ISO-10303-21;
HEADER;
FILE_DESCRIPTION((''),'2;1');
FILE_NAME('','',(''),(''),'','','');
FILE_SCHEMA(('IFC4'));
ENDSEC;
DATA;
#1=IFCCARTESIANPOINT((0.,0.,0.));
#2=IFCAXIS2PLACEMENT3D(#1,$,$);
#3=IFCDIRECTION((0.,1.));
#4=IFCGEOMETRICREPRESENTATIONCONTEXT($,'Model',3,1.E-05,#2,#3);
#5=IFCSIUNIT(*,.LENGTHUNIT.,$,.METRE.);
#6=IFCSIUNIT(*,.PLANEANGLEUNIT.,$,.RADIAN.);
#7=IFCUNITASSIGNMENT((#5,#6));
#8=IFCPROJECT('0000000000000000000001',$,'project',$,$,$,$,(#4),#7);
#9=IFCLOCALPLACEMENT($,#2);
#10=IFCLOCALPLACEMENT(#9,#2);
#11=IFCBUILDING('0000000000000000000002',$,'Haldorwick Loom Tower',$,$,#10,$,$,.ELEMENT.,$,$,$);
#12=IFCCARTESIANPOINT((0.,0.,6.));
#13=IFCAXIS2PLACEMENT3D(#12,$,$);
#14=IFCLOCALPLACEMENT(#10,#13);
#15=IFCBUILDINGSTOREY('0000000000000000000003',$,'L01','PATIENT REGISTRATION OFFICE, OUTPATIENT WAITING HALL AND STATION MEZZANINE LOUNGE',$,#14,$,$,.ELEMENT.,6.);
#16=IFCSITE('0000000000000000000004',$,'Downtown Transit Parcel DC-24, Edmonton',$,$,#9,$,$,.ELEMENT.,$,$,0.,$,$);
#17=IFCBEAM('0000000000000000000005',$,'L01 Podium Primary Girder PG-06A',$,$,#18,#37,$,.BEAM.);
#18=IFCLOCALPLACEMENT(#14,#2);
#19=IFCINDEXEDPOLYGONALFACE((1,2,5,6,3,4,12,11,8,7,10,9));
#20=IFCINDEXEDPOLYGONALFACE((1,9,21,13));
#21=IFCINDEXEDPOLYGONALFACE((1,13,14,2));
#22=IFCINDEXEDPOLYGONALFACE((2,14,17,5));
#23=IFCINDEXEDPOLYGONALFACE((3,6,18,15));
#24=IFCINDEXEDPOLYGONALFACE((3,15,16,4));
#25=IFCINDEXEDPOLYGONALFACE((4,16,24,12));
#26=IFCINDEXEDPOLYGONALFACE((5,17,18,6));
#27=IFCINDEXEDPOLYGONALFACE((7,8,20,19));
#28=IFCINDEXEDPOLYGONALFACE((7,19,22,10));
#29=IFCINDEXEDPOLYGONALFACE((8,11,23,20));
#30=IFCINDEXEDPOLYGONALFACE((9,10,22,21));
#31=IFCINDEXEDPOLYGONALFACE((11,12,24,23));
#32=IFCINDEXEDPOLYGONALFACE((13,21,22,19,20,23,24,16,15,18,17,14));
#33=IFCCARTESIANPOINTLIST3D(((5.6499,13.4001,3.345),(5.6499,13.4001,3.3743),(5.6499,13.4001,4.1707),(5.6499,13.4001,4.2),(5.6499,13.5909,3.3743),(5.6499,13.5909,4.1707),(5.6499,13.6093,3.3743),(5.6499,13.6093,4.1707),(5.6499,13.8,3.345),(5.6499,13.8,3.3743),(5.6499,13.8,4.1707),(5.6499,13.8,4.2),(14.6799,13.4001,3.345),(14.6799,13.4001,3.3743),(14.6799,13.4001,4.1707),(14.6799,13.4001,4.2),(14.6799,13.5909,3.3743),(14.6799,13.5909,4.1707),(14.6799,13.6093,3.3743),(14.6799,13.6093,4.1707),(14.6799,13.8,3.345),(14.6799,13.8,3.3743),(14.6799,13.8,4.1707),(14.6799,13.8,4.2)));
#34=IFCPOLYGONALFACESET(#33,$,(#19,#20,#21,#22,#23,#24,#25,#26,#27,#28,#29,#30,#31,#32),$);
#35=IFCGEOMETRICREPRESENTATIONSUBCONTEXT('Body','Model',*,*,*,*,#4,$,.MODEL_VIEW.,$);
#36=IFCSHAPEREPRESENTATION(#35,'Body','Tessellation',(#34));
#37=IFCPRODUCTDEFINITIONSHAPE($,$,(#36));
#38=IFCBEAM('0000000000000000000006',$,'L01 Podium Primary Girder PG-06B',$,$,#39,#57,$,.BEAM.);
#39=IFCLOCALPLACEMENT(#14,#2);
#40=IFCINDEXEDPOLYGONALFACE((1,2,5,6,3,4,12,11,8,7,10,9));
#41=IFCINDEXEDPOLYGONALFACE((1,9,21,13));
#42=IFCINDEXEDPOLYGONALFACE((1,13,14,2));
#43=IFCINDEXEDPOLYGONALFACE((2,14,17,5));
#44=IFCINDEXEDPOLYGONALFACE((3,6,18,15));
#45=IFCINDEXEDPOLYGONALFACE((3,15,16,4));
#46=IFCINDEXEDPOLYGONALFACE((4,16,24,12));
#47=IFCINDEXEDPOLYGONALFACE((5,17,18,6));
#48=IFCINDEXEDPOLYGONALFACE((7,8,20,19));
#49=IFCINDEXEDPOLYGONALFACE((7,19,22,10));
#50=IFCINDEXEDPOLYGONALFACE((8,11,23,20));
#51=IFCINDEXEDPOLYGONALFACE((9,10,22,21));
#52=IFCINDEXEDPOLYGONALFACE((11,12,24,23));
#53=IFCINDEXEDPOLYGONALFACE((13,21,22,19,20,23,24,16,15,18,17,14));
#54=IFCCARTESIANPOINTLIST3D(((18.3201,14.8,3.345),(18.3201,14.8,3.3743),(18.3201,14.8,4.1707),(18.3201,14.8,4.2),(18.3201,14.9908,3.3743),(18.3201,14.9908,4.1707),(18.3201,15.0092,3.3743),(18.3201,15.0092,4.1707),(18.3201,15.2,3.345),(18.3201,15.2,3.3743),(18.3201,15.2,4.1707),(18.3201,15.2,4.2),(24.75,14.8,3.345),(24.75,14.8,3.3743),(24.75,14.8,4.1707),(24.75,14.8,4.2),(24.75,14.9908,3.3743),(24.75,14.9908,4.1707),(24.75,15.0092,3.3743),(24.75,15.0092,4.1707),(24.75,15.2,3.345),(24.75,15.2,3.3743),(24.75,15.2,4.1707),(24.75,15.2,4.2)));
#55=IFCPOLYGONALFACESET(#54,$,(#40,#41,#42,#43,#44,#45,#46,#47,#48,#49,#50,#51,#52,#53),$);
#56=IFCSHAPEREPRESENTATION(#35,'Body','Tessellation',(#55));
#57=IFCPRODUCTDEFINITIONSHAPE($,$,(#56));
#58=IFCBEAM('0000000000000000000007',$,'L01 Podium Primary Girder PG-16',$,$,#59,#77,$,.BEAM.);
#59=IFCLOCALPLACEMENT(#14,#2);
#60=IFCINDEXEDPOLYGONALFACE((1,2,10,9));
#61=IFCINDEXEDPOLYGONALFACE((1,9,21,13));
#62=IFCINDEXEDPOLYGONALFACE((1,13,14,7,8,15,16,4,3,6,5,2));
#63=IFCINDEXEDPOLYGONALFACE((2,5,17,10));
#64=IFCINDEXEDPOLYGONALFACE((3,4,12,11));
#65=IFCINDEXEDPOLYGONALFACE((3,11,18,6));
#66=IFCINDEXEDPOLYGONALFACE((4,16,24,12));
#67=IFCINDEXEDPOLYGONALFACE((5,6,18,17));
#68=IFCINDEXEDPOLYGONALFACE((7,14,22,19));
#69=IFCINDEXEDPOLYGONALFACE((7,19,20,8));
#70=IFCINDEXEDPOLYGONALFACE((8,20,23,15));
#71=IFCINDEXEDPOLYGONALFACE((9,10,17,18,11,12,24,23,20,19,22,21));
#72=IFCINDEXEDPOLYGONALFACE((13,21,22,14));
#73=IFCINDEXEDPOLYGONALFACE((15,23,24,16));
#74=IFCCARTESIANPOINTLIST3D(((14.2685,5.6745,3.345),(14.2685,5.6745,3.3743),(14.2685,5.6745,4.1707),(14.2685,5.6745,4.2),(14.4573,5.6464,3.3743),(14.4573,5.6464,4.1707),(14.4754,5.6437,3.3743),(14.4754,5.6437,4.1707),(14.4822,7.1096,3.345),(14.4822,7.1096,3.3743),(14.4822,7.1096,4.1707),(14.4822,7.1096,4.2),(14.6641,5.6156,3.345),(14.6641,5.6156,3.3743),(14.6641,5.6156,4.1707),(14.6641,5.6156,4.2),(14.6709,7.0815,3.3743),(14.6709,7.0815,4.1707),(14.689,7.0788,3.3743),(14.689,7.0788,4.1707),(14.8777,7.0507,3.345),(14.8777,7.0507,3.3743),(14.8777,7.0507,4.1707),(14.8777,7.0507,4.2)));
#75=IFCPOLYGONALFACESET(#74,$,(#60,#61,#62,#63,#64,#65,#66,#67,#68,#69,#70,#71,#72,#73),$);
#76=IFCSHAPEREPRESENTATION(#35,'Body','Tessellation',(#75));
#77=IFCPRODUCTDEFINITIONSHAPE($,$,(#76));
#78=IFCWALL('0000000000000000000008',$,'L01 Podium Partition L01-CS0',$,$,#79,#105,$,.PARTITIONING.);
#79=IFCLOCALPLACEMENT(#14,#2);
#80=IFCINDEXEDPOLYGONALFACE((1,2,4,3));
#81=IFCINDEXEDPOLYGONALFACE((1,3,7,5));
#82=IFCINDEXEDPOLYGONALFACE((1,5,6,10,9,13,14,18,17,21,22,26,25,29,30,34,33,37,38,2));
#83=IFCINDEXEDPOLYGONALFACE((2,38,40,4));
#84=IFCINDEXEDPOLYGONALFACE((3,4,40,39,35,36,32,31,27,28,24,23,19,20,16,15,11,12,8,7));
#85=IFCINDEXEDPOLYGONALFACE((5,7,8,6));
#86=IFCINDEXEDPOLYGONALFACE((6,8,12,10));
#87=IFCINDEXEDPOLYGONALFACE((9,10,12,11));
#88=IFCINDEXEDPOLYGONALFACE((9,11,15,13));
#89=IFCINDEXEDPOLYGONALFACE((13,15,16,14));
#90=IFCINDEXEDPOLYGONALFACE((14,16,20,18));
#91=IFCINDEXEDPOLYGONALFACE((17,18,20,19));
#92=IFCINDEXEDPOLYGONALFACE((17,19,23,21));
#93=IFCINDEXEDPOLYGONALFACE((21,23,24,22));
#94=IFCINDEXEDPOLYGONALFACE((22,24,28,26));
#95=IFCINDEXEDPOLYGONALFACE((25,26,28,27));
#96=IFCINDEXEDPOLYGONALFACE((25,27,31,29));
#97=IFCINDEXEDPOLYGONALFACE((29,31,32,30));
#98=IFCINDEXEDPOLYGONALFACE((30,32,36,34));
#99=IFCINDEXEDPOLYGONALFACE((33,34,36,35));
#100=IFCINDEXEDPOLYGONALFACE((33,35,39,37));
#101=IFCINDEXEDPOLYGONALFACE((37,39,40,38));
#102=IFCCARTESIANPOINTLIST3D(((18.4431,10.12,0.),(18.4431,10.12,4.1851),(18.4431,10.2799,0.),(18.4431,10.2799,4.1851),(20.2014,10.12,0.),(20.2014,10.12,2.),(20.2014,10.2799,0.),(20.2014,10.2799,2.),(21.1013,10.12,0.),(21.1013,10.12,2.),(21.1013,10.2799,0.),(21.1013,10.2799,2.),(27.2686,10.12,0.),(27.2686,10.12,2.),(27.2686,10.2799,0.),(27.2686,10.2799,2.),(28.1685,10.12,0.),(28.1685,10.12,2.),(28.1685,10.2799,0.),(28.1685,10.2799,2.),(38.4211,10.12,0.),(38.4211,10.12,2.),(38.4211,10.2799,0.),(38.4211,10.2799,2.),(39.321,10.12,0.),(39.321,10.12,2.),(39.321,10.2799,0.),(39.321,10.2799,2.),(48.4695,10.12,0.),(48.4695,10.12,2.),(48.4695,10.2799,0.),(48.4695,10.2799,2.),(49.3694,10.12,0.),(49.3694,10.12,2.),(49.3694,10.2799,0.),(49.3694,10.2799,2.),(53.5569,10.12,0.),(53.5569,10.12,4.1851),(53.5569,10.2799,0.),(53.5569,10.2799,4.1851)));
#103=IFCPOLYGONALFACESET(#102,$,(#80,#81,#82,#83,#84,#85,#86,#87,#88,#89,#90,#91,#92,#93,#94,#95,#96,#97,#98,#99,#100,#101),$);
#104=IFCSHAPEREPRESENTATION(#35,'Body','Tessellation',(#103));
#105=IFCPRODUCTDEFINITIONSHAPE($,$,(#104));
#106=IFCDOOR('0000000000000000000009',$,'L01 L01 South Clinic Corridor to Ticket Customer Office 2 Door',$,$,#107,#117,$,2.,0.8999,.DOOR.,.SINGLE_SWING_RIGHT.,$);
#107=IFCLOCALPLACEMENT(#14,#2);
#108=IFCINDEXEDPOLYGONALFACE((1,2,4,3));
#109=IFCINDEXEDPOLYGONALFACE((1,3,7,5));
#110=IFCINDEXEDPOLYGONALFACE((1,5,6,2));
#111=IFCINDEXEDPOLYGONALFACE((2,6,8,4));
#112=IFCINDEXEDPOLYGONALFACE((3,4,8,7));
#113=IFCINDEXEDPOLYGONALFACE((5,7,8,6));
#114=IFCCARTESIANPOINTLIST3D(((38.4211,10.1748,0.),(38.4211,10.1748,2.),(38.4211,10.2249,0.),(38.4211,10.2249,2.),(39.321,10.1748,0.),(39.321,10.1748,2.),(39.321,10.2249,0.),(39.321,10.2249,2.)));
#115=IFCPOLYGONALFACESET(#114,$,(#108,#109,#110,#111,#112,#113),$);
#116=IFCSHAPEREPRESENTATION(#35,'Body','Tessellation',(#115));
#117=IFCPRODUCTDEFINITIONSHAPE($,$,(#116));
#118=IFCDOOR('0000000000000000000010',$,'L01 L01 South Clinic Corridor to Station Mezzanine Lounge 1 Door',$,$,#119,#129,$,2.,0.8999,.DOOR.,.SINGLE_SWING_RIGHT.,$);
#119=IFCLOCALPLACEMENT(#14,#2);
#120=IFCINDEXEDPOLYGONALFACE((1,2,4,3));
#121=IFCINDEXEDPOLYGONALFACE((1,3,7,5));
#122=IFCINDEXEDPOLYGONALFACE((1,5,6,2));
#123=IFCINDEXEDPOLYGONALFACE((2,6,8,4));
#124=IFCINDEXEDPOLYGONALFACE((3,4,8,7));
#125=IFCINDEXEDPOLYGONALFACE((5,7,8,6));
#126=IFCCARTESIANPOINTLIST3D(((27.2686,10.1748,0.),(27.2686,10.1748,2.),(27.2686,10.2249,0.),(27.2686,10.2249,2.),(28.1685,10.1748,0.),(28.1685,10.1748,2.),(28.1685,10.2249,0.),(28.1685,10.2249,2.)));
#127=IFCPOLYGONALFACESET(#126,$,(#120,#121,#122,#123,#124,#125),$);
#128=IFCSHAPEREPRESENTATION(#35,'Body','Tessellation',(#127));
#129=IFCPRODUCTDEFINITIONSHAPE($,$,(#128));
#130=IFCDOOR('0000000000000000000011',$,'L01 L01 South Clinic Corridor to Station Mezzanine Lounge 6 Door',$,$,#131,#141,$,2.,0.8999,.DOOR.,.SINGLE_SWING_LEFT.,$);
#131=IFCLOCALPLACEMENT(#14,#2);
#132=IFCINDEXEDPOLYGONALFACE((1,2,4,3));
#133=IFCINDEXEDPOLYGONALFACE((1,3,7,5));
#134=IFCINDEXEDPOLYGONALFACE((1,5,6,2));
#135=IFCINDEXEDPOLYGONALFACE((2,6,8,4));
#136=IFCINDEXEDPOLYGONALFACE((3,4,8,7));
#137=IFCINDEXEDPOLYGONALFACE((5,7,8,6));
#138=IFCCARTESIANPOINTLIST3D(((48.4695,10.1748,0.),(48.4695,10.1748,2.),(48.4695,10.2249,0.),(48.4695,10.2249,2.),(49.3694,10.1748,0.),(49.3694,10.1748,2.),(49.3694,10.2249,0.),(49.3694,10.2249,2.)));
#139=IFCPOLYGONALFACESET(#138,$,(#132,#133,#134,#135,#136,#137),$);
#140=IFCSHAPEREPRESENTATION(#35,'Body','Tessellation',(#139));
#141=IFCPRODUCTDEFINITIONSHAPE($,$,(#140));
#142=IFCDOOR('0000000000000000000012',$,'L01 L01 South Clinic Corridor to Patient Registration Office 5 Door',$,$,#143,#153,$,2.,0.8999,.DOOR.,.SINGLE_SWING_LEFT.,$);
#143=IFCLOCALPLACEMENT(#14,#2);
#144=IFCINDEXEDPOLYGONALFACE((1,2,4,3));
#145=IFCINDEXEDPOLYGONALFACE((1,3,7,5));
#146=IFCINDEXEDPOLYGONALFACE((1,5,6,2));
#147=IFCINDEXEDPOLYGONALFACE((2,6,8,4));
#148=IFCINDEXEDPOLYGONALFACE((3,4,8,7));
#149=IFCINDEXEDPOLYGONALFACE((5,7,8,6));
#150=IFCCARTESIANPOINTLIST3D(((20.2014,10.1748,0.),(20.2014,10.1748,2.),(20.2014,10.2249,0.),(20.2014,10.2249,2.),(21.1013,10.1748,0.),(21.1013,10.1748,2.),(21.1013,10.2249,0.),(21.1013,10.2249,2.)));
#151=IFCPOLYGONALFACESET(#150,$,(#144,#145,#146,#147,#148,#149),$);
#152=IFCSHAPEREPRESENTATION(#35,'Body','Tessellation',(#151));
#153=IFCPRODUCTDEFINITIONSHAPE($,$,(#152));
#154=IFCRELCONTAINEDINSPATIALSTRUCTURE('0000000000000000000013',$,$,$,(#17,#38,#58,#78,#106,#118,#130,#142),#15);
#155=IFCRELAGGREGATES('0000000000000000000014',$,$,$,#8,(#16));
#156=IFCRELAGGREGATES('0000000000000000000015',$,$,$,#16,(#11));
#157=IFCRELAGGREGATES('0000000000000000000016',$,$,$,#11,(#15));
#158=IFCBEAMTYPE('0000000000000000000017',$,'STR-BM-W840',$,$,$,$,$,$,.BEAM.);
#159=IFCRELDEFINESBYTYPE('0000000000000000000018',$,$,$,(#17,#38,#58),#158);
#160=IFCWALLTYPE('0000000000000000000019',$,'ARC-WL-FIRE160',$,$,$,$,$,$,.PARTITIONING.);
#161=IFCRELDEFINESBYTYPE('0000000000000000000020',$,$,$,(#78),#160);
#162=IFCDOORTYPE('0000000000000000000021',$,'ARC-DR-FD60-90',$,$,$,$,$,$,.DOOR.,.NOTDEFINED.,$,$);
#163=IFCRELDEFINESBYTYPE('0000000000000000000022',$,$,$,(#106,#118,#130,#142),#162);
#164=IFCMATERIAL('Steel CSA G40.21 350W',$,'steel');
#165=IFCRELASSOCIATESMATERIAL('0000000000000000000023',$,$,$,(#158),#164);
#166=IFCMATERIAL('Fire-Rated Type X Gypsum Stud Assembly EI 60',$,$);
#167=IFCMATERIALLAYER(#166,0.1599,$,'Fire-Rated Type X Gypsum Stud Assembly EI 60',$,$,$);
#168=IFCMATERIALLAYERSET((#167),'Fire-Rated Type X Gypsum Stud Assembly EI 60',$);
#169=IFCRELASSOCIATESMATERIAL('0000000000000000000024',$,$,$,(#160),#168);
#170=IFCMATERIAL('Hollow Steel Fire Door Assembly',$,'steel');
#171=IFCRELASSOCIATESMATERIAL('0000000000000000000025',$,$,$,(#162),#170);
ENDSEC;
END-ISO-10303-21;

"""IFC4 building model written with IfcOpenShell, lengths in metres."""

from ifc_helpers import new_model, si_unit, direction, frame, frame_2d, origin, origin_2d, place, context, subcontext, project, spatial, rectangle, i_section, extrude, material, layer, layer_set, material_profile, profile_set, type_object, element, fill, save


model = new_model("IFC4")

# Units and contexts
model_context = context("Model", 3, precision=1e-05, world=origin(), true_north=direction((0.0, 1.0)))
body_context = subcontext(model_context, "Body", "Model", "MODEL_VIEW")
ifc_project = project(units=[si_unit("LENGTHUNIT", "METRE"), si_unit("PLANEANGLEUNIT", "RADIAN")], contexts=[model_context])

# Site, building, storey
site_placement = place(None, origin())
site = spatial("IfcSite", under=ifc_project, at=site_placement, Name="Downtown Transit Parcel DC-24, Edmonton", CompositionType="ELEMENT", RefElevation=0.0)
building_placement = place(site_placement, origin())
building = spatial("IfcBuilding", under=site, at=building_placement, Name="Haldorwick Loom Tower", CompositionType="ELEMENT")
storey_placement = place(building_placement, frame((0.0, 0.0, 6.0)))
storey = spatial("IfcBuildingStorey", under=building, at=storey_placement, Name="L01", Description="PATIENT REGISTRATION OFFICE, OUTPATIENT WAITING HALL AND STATION MEZZANINE LOUNGE", CompositionType="ELEMENT", Elevation=6.0)

# Beams
ifc_material_1 = material(Name="Steel CSA G40.21 350W", Category="steel")
ifc_material_profile_1 = material_profile(ifc_material_1, i_section(OverallWidth=0.3999, OverallDepth=0.855, WebThickness=0.0183, FlangeThickness=0.0293, at=origin_2d()), Name="W840X299", Category="steel")
ifc_profile_set_1 = profile_set([ifc_material_profile_1], Name="Steel CSA G40.21 350W")
beam_type_1 = type_object("IfcBeamType", Name="STR-BM-W840", PredefinedType="BEAM", material=ifc_profile_set_1)
beam_1_placement = place(storey_placement, frame((5.6499, 13.6001, 3.7725), z_axis=(1.0, 0.0, 0.0), x_axis=(0.0, 1.0, 0.0)))
element("IfcBeam", 1, at=beam_1_placement, inside=storey, type_object=beam_type_1, Name="L01 Podium Primary Girder PG-06A", PredefinedType="BEAM", context=body_context, shape_type="SweptSolid", body=[
    extrude(i_section(OverallWidth=0.3999, OverallDepth=0.855, WebThickness=0.0183, FlangeThickness=0.0293, at=origin_2d()), origin(), (0.0, 0.0, 1.0), 9.03),
])
beam_2_placement = place(storey_placement, frame((18.3201, 15.0, 3.7725), z_axis=(1.0, 0.0, 0.0), x_axis=(0.0, 1.0, 0.0)))
element("IfcBeam", 2, at=beam_2_placement, inside=storey, type_object=beam_type_1, Name="L01 Podium Primary Girder PG-06B", PredefinedType="BEAM", context=body_context, shape_type="SweptSolid", body=[
    extrude(i_section(OverallWidth=0.3999, OverallDepth=0.855, WebThickness=0.0183, FlangeThickness=0.0293, at=origin_2d()), origin(), (0.0, 0.0, 1.0), 6.4299),
])
beam_3_placement = place(storey_placement, frame((14.4663, 5.645, 3.7725), z_axis=(0.147238, 0.989101, 0.0), x_axis=(-0.989101, 0.147238, 0.0)))
element("IfcBeam", 3, at=beam_3_placement, inside=storey, type_object=beam_type_1, Name="L01 Podium Primary Girder PG-16", PredefinedType="BEAM", context=body_context, shape_type="SweptSolid", body=[
    extrude(i_section(OverallWidth=0.3999, OverallDepth=0.855, WebThickness=0.0183, FlangeThickness=0.0293, at=origin_2d()), origin(), (0.0, 0.0, 1.0), 1.4509),
])

# Wall, openings, doors
ifc_material_2 = material(Name="Fire-Rated Type X Gypsum Stud Assembly EI 60")
ifc_layer_1 = layer(ifc_material_2, 0.1599, Name="Fire-Rated Type X Gypsum Stud Assembly EI 60")
ifc_layer_set_1 = layer_set([ifc_layer_1], Name="Fire-Rated Type X Gypsum Stud Assembly EI 60")
wall_type_1 = type_object("IfcWallType", Name="ARC-WL-FIRE160", PredefinedType="PARTITIONING", material=ifc_layer_set_1)
wall_1_placement = place(storey_placement, frame((18.4431, 10.2, 0.0), z_axis=(0.0, 0.0, 1.0), x_axis=(1.0, 0.0, 0.0)))
wall_1 = element("IfcWall", 4, at=wall_1_placement, inside=storey, type_object=wall_type_1, Name="L01 Podium Partition L01-CS0", PredefinedType="PARTITIONING", context=body_context, shape_type="SweptSolid", body=[
    extrude(rectangle(XDim=35.1138, YDim=0.1599, at=frame_2d((17.5569, 0.0))), origin(), (0.0, 0.0, 1.0), 4.1851),
])
opening_1_placement = place(wall_1_placement, frame((19.978, 0.0, 0.0)))
opening_1 = element("IfcOpeningElement", 5, at=opening_1_placement, cuts=wall_1, PredefinedType="OPENING", context=body_context, shape_type="SweptSolid", body=[
    extrude(rectangle(XDim=0.8999, YDim=2.0, at=frame_2d((0.45, 1.0))), frame((0.0, 0.0898, 0.0), z_axis=(0.0, -1.0, 0.0), x_axis=(1.0, 0.0, 0.0)), (0.0, 0.0, 1.0), 0.1799),
])
opening_2_placement = place(wall_1_placement, frame((8.8254, 0.0, 0.0)))
opening_2 = element("IfcOpeningElement", 6, at=opening_2_placement, cuts=wall_1, PredefinedType="OPENING", context=body_context, shape_type="SweptSolid", body=[
    extrude(rectangle(XDim=0.8999, YDim=2.0, at=frame_2d((0.45, 1.0))), frame((0.0, 0.0898, 0.0), z_axis=(0.0, -1.0, 0.0), x_axis=(1.0, 0.0, 0.0)), (0.0, 0.0, 1.0), 0.1799),
])
opening_3_placement = place(wall_1_placement, frame((30.0264, 0.0, 0.0)))
opening_3 = element("IfcOpeningElement", 7, at=opening_3_placement, cuts=wall_1, PredefinedType="OPENING", context=body_context, shape_type="SweptSolid", body=[
    extrude(rectangle(XDim=0.8999, YDim=2.0, at=frame_2d((0.45, 1.0))), frame((0.0, 0.0898, 0.0), z_axis=(0.0, -1.0, 0.0), x_axis=(1.0, 0.0, 0.0)), (0.0, 0.0, 1.0), 0.1799),
])
opening_4_placement = place(wall_1_placement, frame((1.7583, 0.0, 0.0)))
opening_4 = element("IfcOpeningElement", 8, at=opening_4_placement, cuts=wall_1, PredefinedType="OPENING", context=body_context, shape_type="SweptSolid", body=[
    extrude(rectangle(XDim=0.8999, YDim=2.0, at=frame_2d((0.45, 1.0))), frame((0.0, 0.0898, 0.0), z_axis=(0.0, -1.0, 0.0), x_axis=(1.0, 0.0, 0.0)), (0.0, 0.0, 1.0), 0.1799),
])
ifc_material_3 = material(Name="Hollow Steel Fire Door Assembly", Category="steel")
door_type_1 = type_object("IfcDoorType", Name="ARC-DR-FD60-90", OperationType="NOTDEFINED", PredefinedType="DOOR", material=ifc_material_3)
door_1_placement = place(opening_1_placement, origin())
door_1 = element("IfcDoor", 9, at=door_1_placement, inside=storey, type_object=door_type_1, Name="L01 L01 South Clinic Corridor to Ticket Customer Office 2 Door", OperationType="SINGLE_SWING_RIGHT", OverallHeight=2.0, OverallWidth=0.8999, PredefinedType="DOOR", context=body_context, shape_type="SweptSolid", body=[
    extrude(rectangle(XDim=0.8999, YDim=2.0, at=frame_2d((0.45, 1.0))), frame((0.0, 0.0249, 0.0), z_axis=(0.0, -1.0, 0.0), x_axis=(1.0, 0.0, 0.0)), (0.0, 0.0, 1.0), 0.05),
])
fill(opening_1, door_1)
door_2_placement = place(opening_2_placement, origin())
door_2 = element("IfcDoor", 10, at=door_2_placement, inside=storey, type_object=door_type_1, Name="L01 L01 South Clinic Corridor to Station Mezzanine Lounge 1 Door", OperationType="SINGLE_SWING_RIGHT", OverallHeight=2.0, OverallWidth=0.8999, PredefinedType="DOOR", context=body_context, shape_type="SweptSolid", body=[
    extrude(rectangle(XDim=0.8999, YDim=2.0, at=frame_2d((0.45, 1.0))), frame((0.0, 0.0249, 0.0), z_axis=(0.0, -1.0, 0.0), x_axis=(1.0, 0.0, 0.0)), (0.0, 0.0, 1.0), 0.05),
])
fill(opening_2, door_2)
door_3_placement = place(opening_3_placement, origin())
door_3 = element("IfcDoor", 11, at=door_3_placement, inside=storey, type_object=door_type_1, Name="L01 L01 South Clinic Corridor to Station Mezzanine Lounge 6 Door", OperationType="SINGLE_SWING_LEFT", OverallHeight=2.0, OverallWidth=0.8999, PredefinedType="DOOR", context=body_context, shape_type="SweptSolid", body=[
    extrude(rectangle(XDim=0.8999, YDim=2.0, at=frame_2d((0.45, 1.0))), frame((0.0, 0.0249, 0.0), z_axis=(0.0, -1.0, 0.0), x_axis=(1.0, 0.0, 0.0)), (0.0, 0.0, 1.0), 0.05),
])
fill(opening_3, door_3)
door_4_placement = place(opening_4_placement, origin())
door_4 = element("IfcDoor", 12, at=door_4_placement, inside=storey, type_object=door_type_1, Name="L01 L01 South Clinic Corridor to Patient Registration Office 5 Door", OperationType="SINGLE_SWING_LEFT", OverallHeight=2.0, OverallWidth=0.8999, PredefinedType="DOOR", context=body_context, shape_type="SweptSolid", body=[
    extrude(rectangle(XDim=0.8999, YDim=2.0, at=frame_2d((0.45, 1.0))), frame((0.0, 0.0249, 0.0), z_axis=(0.0, -1.0, 0.0), x_axis=(1.0, 0.0, 0.0)), (0.0, 0.0, 1.0), 0.05),
])
fill(opening_4, door_4)

save(model, "model.ifc")
